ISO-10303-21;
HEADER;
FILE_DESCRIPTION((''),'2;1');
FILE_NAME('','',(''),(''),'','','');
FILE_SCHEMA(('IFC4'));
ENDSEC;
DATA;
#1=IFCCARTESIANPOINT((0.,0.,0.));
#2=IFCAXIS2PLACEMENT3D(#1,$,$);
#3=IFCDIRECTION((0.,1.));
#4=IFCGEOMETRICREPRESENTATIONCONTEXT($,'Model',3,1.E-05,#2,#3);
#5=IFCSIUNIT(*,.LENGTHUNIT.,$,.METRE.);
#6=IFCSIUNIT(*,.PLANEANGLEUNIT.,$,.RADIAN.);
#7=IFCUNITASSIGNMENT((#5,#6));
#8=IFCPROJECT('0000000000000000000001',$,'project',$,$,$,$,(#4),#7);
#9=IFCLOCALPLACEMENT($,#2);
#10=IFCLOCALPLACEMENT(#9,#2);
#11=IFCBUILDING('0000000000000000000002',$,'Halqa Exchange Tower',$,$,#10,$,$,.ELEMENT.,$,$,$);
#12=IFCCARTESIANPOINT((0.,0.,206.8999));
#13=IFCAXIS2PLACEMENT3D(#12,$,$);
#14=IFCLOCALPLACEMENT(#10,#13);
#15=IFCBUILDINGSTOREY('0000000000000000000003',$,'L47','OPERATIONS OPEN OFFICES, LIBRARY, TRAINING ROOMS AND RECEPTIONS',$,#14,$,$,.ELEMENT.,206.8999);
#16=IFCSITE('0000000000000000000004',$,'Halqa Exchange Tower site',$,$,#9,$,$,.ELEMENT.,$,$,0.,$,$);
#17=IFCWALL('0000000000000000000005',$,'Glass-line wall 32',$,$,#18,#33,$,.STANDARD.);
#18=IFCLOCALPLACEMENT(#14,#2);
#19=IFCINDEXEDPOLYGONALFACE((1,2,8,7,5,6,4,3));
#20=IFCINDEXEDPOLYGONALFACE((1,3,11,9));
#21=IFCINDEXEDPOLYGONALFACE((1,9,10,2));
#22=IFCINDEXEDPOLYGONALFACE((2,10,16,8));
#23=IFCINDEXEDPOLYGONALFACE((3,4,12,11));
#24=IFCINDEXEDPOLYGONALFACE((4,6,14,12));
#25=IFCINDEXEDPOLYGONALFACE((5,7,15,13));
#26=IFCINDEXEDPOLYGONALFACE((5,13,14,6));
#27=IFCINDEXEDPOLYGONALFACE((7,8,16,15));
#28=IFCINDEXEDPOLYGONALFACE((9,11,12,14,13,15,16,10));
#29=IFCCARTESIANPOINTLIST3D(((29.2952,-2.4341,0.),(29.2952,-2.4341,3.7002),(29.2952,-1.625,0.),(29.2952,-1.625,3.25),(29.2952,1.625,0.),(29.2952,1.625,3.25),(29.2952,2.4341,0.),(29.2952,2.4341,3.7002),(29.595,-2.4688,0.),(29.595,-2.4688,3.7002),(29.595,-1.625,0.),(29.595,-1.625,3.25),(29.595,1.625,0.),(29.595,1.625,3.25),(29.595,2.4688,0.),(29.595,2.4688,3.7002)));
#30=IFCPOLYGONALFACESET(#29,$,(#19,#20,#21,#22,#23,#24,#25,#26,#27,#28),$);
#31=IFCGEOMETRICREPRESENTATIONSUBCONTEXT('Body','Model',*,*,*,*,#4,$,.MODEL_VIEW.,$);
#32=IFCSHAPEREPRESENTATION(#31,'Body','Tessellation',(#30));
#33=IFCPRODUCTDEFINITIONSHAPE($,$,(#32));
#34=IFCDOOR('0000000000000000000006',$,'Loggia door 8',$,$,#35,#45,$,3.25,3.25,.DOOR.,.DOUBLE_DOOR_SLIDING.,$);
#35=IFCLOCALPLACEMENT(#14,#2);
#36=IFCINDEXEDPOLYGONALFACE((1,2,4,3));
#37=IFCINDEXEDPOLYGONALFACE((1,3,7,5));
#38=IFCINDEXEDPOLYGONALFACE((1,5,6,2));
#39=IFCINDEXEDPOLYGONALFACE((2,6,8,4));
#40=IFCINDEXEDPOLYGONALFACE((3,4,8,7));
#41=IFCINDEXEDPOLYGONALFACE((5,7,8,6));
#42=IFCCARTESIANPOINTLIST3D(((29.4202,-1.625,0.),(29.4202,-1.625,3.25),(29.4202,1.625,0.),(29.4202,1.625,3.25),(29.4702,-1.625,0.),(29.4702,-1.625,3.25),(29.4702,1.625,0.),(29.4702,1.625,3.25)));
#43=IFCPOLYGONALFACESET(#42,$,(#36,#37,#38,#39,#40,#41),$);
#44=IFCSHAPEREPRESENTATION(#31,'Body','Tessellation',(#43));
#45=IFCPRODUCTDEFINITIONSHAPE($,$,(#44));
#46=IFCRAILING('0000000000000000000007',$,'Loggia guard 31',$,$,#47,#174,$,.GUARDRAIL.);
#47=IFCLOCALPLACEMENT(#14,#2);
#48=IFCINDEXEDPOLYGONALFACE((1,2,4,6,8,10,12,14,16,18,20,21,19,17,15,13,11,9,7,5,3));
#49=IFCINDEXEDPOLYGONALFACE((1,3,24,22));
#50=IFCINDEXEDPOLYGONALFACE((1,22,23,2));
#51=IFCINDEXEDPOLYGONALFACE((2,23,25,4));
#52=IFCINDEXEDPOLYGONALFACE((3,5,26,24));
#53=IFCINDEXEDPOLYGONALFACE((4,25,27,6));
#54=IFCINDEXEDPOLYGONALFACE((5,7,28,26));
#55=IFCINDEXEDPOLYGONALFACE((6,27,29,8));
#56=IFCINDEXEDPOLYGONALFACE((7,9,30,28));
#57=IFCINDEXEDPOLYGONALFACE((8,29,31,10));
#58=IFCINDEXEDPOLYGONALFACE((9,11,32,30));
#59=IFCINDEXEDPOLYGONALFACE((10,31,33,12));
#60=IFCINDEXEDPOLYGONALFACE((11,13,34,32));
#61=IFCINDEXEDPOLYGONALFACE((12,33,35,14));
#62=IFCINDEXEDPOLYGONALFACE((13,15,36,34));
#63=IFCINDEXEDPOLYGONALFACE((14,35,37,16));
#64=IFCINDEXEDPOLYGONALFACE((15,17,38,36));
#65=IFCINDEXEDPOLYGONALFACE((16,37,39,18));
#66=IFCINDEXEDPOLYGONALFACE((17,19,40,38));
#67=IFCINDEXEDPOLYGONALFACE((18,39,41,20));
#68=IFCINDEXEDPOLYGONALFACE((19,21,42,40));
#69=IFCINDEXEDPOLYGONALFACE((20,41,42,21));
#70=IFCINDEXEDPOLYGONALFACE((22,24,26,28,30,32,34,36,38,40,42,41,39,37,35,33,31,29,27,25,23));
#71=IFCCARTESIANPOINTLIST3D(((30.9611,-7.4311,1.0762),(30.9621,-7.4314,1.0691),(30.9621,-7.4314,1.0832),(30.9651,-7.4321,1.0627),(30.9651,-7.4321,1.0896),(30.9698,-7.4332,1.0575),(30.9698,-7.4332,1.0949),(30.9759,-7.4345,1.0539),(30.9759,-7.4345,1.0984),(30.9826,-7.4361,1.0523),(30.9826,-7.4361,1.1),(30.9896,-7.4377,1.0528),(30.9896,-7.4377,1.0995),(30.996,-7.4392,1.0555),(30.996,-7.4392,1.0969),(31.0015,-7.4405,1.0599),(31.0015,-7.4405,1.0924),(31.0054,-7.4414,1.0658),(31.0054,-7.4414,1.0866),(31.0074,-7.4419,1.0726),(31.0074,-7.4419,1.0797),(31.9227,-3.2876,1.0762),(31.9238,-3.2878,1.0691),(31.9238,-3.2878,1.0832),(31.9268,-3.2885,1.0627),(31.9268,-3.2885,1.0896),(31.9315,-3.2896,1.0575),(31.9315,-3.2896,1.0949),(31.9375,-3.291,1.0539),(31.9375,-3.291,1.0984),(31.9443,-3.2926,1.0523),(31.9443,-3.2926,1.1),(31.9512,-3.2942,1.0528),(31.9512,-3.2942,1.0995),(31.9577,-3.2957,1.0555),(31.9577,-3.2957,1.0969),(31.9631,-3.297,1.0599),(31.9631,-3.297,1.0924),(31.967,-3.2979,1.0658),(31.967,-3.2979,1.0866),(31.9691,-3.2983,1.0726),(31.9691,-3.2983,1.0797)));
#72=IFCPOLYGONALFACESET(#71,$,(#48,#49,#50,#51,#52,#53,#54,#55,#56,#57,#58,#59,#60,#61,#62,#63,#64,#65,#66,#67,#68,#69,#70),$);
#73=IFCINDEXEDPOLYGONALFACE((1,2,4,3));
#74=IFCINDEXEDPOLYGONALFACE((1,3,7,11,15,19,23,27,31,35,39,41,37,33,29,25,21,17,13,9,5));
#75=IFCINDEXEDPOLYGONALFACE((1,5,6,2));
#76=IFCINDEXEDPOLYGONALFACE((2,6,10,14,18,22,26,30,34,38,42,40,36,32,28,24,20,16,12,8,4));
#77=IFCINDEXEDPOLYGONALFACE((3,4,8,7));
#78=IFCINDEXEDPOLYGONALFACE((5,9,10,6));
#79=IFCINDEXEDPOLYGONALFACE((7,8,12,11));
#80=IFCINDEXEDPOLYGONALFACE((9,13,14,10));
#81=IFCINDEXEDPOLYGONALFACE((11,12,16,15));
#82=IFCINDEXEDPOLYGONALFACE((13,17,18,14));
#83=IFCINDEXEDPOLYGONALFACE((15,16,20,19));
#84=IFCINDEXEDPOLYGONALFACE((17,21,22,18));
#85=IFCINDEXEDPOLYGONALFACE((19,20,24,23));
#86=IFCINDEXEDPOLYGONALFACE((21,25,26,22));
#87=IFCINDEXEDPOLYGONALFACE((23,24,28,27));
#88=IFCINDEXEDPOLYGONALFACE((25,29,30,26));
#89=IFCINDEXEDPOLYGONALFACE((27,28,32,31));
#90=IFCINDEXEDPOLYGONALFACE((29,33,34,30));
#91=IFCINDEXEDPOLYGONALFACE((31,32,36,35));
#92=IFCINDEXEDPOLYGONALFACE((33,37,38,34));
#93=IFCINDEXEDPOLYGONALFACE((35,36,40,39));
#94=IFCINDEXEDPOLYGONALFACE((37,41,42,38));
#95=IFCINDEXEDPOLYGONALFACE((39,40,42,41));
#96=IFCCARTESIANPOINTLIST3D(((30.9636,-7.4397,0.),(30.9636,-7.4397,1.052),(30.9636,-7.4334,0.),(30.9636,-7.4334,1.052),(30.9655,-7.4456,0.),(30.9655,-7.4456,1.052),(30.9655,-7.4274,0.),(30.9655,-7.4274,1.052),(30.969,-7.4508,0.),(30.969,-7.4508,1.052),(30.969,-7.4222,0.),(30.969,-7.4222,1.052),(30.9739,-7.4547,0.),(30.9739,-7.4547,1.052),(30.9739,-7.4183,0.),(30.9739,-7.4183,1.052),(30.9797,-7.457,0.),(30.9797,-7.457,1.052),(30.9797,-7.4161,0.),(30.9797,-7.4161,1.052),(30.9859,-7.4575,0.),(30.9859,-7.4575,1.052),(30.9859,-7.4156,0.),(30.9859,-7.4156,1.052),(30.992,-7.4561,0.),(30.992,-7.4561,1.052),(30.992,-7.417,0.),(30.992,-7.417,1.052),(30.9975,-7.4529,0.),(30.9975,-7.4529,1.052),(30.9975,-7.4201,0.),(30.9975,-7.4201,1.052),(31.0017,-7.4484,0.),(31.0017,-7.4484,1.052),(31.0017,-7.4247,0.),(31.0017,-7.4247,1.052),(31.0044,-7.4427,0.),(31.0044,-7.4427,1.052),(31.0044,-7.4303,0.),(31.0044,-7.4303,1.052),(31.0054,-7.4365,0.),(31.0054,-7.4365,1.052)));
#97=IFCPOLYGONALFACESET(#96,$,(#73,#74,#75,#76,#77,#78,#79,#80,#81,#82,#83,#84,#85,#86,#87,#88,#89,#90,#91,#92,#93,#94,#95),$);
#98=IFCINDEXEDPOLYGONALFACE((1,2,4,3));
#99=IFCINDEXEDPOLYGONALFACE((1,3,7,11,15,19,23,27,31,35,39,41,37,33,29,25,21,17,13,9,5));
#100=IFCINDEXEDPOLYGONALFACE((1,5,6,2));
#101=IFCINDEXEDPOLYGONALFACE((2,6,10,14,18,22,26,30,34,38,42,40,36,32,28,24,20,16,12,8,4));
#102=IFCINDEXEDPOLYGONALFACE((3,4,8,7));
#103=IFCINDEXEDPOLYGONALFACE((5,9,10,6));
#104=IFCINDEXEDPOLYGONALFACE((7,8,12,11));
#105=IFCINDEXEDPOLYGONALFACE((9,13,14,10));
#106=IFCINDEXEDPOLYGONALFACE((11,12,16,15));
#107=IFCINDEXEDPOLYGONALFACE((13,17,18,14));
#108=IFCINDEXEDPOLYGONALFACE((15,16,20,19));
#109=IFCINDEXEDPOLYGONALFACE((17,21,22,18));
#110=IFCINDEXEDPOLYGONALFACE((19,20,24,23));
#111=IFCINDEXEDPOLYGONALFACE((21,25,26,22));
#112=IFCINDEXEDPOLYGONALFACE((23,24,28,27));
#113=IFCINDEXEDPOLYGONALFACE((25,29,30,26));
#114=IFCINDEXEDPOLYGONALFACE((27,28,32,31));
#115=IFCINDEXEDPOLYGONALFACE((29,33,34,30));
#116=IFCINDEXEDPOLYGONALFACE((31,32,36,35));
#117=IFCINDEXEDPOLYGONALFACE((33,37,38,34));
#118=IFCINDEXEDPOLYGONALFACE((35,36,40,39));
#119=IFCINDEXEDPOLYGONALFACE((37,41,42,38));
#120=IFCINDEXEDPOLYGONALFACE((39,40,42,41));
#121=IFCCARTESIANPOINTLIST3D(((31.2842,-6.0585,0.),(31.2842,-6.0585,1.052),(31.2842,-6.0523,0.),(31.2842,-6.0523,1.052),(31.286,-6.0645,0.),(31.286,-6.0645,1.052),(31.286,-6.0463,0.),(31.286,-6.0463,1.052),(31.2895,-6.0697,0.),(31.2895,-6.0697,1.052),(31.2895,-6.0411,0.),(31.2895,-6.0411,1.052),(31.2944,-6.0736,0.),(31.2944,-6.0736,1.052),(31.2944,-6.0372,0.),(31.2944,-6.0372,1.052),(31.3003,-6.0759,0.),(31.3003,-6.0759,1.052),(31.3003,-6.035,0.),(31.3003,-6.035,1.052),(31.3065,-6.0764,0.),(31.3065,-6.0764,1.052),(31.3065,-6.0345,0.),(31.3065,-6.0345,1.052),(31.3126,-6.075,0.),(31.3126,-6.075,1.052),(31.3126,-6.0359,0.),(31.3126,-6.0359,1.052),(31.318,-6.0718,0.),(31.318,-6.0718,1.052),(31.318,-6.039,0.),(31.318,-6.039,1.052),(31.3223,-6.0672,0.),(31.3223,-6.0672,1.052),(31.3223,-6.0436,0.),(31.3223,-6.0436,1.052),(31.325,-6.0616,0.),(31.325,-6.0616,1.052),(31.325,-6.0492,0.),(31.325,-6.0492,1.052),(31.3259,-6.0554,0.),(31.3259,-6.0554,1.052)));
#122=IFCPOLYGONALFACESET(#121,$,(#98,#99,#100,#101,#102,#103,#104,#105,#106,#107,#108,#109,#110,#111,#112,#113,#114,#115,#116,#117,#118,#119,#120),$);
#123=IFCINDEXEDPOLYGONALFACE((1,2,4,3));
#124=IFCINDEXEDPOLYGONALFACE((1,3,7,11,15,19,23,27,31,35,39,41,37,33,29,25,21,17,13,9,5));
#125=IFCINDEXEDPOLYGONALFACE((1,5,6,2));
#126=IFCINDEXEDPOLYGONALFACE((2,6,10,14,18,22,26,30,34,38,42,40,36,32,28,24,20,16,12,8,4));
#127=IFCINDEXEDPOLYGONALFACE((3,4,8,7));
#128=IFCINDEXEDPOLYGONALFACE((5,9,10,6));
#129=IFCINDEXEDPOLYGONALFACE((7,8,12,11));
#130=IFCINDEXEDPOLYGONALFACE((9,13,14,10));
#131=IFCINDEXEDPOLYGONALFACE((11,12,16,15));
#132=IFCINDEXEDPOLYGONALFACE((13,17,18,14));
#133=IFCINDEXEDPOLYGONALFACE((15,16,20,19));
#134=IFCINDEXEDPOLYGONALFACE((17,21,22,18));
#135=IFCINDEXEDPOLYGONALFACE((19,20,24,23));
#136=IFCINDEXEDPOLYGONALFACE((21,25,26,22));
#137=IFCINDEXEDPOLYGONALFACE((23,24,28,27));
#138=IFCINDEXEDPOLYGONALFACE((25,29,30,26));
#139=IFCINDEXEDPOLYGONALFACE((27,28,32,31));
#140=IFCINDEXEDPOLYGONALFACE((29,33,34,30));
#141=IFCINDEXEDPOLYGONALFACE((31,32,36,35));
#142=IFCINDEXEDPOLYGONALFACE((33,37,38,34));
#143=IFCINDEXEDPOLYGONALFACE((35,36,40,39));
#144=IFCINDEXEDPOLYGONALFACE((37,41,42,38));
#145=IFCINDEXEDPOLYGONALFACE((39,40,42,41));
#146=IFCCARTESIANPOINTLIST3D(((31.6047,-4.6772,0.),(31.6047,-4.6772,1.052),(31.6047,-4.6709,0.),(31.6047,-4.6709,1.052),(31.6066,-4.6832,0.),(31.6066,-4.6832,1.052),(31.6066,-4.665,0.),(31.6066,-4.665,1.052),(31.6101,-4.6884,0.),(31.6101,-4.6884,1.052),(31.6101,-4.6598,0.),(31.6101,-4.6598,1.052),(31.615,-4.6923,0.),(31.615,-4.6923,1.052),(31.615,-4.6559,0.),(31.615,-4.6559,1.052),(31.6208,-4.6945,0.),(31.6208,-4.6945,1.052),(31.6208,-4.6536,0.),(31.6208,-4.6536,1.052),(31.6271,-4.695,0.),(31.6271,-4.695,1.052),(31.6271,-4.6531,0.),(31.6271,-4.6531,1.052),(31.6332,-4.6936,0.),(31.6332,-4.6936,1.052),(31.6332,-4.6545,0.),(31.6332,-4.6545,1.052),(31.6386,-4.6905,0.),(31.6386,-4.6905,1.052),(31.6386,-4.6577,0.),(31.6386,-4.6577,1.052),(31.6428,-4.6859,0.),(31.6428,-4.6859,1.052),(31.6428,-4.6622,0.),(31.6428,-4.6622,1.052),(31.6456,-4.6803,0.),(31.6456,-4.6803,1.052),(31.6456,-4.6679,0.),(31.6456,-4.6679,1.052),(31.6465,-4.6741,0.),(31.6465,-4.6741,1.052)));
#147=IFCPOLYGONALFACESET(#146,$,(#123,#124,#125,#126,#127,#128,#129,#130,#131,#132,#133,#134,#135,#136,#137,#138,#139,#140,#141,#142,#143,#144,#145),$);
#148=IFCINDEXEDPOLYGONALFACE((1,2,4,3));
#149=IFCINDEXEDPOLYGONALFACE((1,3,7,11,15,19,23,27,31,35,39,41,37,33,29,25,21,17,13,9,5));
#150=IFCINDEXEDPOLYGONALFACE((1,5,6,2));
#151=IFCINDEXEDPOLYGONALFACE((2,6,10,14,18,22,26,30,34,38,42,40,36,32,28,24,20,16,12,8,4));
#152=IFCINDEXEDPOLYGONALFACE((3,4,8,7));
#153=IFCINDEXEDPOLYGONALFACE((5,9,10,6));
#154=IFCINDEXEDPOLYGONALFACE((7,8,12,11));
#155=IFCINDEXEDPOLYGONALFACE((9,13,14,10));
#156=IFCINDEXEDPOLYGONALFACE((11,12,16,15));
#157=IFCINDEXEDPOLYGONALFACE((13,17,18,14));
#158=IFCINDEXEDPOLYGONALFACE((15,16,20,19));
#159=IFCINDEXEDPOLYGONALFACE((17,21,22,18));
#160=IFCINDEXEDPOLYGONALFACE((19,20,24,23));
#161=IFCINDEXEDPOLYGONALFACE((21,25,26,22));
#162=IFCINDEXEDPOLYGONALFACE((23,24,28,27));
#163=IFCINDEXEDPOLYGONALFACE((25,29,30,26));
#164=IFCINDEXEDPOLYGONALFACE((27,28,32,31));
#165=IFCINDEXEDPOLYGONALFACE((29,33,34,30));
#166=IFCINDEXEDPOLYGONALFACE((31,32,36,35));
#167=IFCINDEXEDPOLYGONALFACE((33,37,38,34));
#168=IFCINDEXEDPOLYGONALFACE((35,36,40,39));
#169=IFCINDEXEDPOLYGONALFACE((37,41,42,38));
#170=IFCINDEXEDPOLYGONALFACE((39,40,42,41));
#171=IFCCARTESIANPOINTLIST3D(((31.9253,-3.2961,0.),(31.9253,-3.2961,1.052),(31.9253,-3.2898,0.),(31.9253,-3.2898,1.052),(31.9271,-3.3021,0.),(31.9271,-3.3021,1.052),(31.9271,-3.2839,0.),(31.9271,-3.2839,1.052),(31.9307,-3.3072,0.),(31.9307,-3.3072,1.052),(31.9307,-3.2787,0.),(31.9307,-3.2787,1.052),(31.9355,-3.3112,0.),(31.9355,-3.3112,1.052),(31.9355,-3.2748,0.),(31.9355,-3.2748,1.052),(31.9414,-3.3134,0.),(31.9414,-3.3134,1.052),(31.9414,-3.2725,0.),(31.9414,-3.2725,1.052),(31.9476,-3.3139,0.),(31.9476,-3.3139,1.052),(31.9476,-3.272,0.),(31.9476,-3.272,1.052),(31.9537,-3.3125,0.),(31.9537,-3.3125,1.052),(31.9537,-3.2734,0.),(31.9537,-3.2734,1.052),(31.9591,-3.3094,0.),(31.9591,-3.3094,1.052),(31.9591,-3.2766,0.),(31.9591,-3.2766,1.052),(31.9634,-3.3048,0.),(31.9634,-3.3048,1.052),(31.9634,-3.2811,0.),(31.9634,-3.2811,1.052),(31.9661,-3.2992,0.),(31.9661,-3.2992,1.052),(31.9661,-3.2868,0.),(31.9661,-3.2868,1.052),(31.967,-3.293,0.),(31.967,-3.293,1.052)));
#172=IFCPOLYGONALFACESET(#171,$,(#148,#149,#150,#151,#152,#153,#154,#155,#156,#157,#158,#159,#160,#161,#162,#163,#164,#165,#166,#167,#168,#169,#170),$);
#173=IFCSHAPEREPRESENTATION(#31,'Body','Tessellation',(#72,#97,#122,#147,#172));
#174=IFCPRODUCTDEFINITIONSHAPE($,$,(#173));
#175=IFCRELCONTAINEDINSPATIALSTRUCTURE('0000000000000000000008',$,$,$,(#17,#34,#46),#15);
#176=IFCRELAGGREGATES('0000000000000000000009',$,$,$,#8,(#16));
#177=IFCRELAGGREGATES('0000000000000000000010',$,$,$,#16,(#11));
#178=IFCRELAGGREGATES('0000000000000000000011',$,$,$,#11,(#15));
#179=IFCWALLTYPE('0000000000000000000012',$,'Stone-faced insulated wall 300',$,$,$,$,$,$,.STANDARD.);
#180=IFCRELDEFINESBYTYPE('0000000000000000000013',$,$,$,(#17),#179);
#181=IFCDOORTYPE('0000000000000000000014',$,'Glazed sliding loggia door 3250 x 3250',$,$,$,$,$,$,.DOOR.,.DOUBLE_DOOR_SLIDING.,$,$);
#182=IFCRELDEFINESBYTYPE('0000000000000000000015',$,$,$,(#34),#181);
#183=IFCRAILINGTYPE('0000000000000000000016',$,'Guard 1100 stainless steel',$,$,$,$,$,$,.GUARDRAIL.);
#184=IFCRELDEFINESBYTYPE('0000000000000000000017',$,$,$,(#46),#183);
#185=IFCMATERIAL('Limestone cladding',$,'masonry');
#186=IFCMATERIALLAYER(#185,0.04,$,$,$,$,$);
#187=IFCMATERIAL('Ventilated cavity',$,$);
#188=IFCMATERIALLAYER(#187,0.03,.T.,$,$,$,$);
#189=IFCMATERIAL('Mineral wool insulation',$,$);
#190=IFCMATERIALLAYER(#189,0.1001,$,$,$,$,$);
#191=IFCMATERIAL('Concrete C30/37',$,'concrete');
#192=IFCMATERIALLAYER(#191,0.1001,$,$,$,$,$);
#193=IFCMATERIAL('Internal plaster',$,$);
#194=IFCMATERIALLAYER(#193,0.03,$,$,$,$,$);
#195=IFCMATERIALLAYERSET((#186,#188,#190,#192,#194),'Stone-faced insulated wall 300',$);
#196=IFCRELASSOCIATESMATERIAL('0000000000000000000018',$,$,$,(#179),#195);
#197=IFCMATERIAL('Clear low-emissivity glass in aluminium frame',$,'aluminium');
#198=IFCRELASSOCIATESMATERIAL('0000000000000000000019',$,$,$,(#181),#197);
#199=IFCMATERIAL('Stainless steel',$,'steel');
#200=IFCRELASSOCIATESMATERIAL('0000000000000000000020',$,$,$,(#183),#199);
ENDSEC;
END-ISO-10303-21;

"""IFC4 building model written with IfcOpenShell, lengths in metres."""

from ifc_helpers import new_model, si_unit, direction, frame, frame_2d, origin, origin_2d, place, context, subcontext, project, spatial, polyline, rectangle, circle, outline, extrude, material, layer, layer_set, type_object, element, fill, save


model = new_model("IFC4")

# Units and contexts
model_context = context("Model", 3, precision=1e-05, world=origin(), true_north=direction((0.0, 1.0)))
body_context = subcontext(model_context, "Body", "Model", "MODEL_VIEW")
ifc_project = project(units=[si_unit("LENGTHUNIT", "METRE"), si_unit("PLANEANGLEUNIT", "RADIAN")], contexts=[model_context])

# Site, building, storey
site_placement = place(None, origin())
site = spatial("IfcSite", under=ifc_project, at=site_placement, Name="Halqa Exchange Tower site", CompositionType="ELEMENT", RefElevation=0.0)
building_placement = place(site_placement, origin())
building = spatial("IfcBuilding", under=site, at=building_placement, Name="Halqa Exchange Tower", CompositionType="ELEMENT")
storey_placement = place(building_placement, frame((0.0, 0.0, 206.8999)))
storey = spatial("IfcBuildingStorey", under=building, at=storey_placement, Name="L47", Description="OPERATIONS OPEN OFFICES, LIBRARY, TRAINING ROOMS AND RECEPTIONS", CompositionType="ELEMENT", Elevation=206.8999)

# Shared definitions
ifc_material_1 = material(Name="Limestone cladding", Category="masonry")
ifc_layer_1 = layer(ifc_material_1, 0.04)
ifc_material_2 = material(Name="Ventilated cavity")
ifc_layer_2 = layer(ifc_material_2, 0.03, ventilated=True)
ifc_material_3 = material(Name="Mineral wool insulation")
ifc_layer_3 = layer(ifc_material_3, 0.1001)
ifc_material_4 = material(Name="Concrete C30/37", Category="concrete")
ifc_layer_4 = layer(ifc_material_4, 0.1001)
ifc_material_5 = material(Name="Internal plaster")
ifc_layer_5 = layer(ifc_material_5, 0.03)
ifc_layer_set_1 = layer_set([ifc_layer_1, ifc_layer_2, ifc_layer_3, ifc_layer_4, ifc_layer_5], Name="Stone-faced insulated wall 300")
wall_type_1 = type_object("IfcWallType", Name="Stone-faced insulated wall 300", PredefinedType="STANDARD", material=ifc_layer_set_1)
ifc_material_6 = material(Name="Clear low-emissivity glass in aluminium frame", Category="aluminium")

# Wall, opening, door
wall_1_placement = place(storey_placement, frame((29.4451, -2.4514, 0.0), z_axis=(0.0, 0.0, 1.0), x_axis=(0.0, 1.0, 0.0)))
wall_1 = element("IfcWall", 1, at=wall_1_placement, inside=storey, type_object=wall_type_1, Name="Glass-line wall 32", PredefinedType="STANDARD", context=body_context, shape_type="SweptSolid", body=[
    extrude(outline(polyline([(-0.0173, -0.1499), (4.9202, -0.1499), (4.8855, 0.1499), (0.0173, 0.1499), (-0.0173, -0.1499)])), origin(), (0.0, 0.0, 1.0), 3.7002),
])
opening_1_placement = place(wall_1_placement, frame((0.8264, 0.0, 0.0)))
opening_1 = element("IfcOpeningElement", 2, at=opening_1_placement, cuts=wall_1, PredefinedType="OPENING", context=body_context, shape_type="SweptSolid", body=[
    extrude(rectangle(XDim=3.25, YDim=3.25, at=frame_2d((1.625, 1.625))), frame((0.0, 0.1621, 0.0), z_axis=(0.0, -1.0, 0.0), x_axis=(1.0, 0.0, 0.0)), (0.0, 0.0, 1.0), 0.324),
])
door_type_1 = type_object("IfcDoorType", Name="Glazed sliding loggia door 3250 x 3250", OperationType="DOUBLE_DOOR_SLIDING", PredefinedType="DOOR", material=ifc_material_6)
door_1_placement = place(opening_1_placement, origin())
door_1 = element("IfcDoor", 3, at=door_1_placement, inside=storey, type_object=door_type_1, Name="Loggia door 8", OperationType="DOUBLE_DOOR_SLIDING", OverallHeight=3.25, OverallWidth=3.25, PredefinedType="DOOR", context=body_context, shape_type="SweptSolid", body=[
    extrude(rectangle(XDim=3.25, YDim=3.25, at=frame_2d((1.625, 1.625))), frame((0.0, 0.0249, 0.0), z_axis=(0.0, -1.0, 0.0), x_axis=(1.0, 0.0, 0.0)), (0.0, 0.0, 1.0), 0.05),
])
fill(opening_1, door_1)

# Railing
ifc_material_7 = material(Name="Stainless steel", Category="steel")
railing_type = type_object("IfcRailingType", Name="Guard 1100 stainless steel", PredefinedType="GUARDRAIL", material=ifc_material_7)
railing_1_placement = place(storey_placement, frame((30.9844, -7.4365, 0.0)))
element("IfcRailing", 4, at=railing_1_placement, inside=storey, type_object=railing_type, Name="Loggia guard 31", PredefinedType="GUARDRAIL", context=body_context, shape_type="SweptSolid", body=[
    extrude(circle(Radius=0.0239, at=origin_2d()), frame((0.0, 0.0, 1.0762), z_axis=(0.226079, 0.974109, 0.0), x_axis=(-0.974109, 0.226079, 0.0)), (0.0, 0.0, 1.0), 4.2537),
    extrude(circle(Radius=0.021, at=origin_2d()), origin(), (0.0, 0.0, 1.0), 1.052),
    extrude(circle(Radius=0.021, at=origin_2d()), frame((0.3206, 1.3811, 0.0)), (0.0, 0.0, 1.0), 1.052),
    extrude(circle(Radius=0.021, at=origin_2d()), frame((0.6411, 2.7625, 0.0)), (0.0, 0.0, 1.0), 1.052),
    extrude(circle(Radius=0.021, at=origin_2d()), frame((0.9617, 4.1436, 0.0)), (0.0, 0.0, 1.0), 1.052),
])

save(model, "model.ifc")
